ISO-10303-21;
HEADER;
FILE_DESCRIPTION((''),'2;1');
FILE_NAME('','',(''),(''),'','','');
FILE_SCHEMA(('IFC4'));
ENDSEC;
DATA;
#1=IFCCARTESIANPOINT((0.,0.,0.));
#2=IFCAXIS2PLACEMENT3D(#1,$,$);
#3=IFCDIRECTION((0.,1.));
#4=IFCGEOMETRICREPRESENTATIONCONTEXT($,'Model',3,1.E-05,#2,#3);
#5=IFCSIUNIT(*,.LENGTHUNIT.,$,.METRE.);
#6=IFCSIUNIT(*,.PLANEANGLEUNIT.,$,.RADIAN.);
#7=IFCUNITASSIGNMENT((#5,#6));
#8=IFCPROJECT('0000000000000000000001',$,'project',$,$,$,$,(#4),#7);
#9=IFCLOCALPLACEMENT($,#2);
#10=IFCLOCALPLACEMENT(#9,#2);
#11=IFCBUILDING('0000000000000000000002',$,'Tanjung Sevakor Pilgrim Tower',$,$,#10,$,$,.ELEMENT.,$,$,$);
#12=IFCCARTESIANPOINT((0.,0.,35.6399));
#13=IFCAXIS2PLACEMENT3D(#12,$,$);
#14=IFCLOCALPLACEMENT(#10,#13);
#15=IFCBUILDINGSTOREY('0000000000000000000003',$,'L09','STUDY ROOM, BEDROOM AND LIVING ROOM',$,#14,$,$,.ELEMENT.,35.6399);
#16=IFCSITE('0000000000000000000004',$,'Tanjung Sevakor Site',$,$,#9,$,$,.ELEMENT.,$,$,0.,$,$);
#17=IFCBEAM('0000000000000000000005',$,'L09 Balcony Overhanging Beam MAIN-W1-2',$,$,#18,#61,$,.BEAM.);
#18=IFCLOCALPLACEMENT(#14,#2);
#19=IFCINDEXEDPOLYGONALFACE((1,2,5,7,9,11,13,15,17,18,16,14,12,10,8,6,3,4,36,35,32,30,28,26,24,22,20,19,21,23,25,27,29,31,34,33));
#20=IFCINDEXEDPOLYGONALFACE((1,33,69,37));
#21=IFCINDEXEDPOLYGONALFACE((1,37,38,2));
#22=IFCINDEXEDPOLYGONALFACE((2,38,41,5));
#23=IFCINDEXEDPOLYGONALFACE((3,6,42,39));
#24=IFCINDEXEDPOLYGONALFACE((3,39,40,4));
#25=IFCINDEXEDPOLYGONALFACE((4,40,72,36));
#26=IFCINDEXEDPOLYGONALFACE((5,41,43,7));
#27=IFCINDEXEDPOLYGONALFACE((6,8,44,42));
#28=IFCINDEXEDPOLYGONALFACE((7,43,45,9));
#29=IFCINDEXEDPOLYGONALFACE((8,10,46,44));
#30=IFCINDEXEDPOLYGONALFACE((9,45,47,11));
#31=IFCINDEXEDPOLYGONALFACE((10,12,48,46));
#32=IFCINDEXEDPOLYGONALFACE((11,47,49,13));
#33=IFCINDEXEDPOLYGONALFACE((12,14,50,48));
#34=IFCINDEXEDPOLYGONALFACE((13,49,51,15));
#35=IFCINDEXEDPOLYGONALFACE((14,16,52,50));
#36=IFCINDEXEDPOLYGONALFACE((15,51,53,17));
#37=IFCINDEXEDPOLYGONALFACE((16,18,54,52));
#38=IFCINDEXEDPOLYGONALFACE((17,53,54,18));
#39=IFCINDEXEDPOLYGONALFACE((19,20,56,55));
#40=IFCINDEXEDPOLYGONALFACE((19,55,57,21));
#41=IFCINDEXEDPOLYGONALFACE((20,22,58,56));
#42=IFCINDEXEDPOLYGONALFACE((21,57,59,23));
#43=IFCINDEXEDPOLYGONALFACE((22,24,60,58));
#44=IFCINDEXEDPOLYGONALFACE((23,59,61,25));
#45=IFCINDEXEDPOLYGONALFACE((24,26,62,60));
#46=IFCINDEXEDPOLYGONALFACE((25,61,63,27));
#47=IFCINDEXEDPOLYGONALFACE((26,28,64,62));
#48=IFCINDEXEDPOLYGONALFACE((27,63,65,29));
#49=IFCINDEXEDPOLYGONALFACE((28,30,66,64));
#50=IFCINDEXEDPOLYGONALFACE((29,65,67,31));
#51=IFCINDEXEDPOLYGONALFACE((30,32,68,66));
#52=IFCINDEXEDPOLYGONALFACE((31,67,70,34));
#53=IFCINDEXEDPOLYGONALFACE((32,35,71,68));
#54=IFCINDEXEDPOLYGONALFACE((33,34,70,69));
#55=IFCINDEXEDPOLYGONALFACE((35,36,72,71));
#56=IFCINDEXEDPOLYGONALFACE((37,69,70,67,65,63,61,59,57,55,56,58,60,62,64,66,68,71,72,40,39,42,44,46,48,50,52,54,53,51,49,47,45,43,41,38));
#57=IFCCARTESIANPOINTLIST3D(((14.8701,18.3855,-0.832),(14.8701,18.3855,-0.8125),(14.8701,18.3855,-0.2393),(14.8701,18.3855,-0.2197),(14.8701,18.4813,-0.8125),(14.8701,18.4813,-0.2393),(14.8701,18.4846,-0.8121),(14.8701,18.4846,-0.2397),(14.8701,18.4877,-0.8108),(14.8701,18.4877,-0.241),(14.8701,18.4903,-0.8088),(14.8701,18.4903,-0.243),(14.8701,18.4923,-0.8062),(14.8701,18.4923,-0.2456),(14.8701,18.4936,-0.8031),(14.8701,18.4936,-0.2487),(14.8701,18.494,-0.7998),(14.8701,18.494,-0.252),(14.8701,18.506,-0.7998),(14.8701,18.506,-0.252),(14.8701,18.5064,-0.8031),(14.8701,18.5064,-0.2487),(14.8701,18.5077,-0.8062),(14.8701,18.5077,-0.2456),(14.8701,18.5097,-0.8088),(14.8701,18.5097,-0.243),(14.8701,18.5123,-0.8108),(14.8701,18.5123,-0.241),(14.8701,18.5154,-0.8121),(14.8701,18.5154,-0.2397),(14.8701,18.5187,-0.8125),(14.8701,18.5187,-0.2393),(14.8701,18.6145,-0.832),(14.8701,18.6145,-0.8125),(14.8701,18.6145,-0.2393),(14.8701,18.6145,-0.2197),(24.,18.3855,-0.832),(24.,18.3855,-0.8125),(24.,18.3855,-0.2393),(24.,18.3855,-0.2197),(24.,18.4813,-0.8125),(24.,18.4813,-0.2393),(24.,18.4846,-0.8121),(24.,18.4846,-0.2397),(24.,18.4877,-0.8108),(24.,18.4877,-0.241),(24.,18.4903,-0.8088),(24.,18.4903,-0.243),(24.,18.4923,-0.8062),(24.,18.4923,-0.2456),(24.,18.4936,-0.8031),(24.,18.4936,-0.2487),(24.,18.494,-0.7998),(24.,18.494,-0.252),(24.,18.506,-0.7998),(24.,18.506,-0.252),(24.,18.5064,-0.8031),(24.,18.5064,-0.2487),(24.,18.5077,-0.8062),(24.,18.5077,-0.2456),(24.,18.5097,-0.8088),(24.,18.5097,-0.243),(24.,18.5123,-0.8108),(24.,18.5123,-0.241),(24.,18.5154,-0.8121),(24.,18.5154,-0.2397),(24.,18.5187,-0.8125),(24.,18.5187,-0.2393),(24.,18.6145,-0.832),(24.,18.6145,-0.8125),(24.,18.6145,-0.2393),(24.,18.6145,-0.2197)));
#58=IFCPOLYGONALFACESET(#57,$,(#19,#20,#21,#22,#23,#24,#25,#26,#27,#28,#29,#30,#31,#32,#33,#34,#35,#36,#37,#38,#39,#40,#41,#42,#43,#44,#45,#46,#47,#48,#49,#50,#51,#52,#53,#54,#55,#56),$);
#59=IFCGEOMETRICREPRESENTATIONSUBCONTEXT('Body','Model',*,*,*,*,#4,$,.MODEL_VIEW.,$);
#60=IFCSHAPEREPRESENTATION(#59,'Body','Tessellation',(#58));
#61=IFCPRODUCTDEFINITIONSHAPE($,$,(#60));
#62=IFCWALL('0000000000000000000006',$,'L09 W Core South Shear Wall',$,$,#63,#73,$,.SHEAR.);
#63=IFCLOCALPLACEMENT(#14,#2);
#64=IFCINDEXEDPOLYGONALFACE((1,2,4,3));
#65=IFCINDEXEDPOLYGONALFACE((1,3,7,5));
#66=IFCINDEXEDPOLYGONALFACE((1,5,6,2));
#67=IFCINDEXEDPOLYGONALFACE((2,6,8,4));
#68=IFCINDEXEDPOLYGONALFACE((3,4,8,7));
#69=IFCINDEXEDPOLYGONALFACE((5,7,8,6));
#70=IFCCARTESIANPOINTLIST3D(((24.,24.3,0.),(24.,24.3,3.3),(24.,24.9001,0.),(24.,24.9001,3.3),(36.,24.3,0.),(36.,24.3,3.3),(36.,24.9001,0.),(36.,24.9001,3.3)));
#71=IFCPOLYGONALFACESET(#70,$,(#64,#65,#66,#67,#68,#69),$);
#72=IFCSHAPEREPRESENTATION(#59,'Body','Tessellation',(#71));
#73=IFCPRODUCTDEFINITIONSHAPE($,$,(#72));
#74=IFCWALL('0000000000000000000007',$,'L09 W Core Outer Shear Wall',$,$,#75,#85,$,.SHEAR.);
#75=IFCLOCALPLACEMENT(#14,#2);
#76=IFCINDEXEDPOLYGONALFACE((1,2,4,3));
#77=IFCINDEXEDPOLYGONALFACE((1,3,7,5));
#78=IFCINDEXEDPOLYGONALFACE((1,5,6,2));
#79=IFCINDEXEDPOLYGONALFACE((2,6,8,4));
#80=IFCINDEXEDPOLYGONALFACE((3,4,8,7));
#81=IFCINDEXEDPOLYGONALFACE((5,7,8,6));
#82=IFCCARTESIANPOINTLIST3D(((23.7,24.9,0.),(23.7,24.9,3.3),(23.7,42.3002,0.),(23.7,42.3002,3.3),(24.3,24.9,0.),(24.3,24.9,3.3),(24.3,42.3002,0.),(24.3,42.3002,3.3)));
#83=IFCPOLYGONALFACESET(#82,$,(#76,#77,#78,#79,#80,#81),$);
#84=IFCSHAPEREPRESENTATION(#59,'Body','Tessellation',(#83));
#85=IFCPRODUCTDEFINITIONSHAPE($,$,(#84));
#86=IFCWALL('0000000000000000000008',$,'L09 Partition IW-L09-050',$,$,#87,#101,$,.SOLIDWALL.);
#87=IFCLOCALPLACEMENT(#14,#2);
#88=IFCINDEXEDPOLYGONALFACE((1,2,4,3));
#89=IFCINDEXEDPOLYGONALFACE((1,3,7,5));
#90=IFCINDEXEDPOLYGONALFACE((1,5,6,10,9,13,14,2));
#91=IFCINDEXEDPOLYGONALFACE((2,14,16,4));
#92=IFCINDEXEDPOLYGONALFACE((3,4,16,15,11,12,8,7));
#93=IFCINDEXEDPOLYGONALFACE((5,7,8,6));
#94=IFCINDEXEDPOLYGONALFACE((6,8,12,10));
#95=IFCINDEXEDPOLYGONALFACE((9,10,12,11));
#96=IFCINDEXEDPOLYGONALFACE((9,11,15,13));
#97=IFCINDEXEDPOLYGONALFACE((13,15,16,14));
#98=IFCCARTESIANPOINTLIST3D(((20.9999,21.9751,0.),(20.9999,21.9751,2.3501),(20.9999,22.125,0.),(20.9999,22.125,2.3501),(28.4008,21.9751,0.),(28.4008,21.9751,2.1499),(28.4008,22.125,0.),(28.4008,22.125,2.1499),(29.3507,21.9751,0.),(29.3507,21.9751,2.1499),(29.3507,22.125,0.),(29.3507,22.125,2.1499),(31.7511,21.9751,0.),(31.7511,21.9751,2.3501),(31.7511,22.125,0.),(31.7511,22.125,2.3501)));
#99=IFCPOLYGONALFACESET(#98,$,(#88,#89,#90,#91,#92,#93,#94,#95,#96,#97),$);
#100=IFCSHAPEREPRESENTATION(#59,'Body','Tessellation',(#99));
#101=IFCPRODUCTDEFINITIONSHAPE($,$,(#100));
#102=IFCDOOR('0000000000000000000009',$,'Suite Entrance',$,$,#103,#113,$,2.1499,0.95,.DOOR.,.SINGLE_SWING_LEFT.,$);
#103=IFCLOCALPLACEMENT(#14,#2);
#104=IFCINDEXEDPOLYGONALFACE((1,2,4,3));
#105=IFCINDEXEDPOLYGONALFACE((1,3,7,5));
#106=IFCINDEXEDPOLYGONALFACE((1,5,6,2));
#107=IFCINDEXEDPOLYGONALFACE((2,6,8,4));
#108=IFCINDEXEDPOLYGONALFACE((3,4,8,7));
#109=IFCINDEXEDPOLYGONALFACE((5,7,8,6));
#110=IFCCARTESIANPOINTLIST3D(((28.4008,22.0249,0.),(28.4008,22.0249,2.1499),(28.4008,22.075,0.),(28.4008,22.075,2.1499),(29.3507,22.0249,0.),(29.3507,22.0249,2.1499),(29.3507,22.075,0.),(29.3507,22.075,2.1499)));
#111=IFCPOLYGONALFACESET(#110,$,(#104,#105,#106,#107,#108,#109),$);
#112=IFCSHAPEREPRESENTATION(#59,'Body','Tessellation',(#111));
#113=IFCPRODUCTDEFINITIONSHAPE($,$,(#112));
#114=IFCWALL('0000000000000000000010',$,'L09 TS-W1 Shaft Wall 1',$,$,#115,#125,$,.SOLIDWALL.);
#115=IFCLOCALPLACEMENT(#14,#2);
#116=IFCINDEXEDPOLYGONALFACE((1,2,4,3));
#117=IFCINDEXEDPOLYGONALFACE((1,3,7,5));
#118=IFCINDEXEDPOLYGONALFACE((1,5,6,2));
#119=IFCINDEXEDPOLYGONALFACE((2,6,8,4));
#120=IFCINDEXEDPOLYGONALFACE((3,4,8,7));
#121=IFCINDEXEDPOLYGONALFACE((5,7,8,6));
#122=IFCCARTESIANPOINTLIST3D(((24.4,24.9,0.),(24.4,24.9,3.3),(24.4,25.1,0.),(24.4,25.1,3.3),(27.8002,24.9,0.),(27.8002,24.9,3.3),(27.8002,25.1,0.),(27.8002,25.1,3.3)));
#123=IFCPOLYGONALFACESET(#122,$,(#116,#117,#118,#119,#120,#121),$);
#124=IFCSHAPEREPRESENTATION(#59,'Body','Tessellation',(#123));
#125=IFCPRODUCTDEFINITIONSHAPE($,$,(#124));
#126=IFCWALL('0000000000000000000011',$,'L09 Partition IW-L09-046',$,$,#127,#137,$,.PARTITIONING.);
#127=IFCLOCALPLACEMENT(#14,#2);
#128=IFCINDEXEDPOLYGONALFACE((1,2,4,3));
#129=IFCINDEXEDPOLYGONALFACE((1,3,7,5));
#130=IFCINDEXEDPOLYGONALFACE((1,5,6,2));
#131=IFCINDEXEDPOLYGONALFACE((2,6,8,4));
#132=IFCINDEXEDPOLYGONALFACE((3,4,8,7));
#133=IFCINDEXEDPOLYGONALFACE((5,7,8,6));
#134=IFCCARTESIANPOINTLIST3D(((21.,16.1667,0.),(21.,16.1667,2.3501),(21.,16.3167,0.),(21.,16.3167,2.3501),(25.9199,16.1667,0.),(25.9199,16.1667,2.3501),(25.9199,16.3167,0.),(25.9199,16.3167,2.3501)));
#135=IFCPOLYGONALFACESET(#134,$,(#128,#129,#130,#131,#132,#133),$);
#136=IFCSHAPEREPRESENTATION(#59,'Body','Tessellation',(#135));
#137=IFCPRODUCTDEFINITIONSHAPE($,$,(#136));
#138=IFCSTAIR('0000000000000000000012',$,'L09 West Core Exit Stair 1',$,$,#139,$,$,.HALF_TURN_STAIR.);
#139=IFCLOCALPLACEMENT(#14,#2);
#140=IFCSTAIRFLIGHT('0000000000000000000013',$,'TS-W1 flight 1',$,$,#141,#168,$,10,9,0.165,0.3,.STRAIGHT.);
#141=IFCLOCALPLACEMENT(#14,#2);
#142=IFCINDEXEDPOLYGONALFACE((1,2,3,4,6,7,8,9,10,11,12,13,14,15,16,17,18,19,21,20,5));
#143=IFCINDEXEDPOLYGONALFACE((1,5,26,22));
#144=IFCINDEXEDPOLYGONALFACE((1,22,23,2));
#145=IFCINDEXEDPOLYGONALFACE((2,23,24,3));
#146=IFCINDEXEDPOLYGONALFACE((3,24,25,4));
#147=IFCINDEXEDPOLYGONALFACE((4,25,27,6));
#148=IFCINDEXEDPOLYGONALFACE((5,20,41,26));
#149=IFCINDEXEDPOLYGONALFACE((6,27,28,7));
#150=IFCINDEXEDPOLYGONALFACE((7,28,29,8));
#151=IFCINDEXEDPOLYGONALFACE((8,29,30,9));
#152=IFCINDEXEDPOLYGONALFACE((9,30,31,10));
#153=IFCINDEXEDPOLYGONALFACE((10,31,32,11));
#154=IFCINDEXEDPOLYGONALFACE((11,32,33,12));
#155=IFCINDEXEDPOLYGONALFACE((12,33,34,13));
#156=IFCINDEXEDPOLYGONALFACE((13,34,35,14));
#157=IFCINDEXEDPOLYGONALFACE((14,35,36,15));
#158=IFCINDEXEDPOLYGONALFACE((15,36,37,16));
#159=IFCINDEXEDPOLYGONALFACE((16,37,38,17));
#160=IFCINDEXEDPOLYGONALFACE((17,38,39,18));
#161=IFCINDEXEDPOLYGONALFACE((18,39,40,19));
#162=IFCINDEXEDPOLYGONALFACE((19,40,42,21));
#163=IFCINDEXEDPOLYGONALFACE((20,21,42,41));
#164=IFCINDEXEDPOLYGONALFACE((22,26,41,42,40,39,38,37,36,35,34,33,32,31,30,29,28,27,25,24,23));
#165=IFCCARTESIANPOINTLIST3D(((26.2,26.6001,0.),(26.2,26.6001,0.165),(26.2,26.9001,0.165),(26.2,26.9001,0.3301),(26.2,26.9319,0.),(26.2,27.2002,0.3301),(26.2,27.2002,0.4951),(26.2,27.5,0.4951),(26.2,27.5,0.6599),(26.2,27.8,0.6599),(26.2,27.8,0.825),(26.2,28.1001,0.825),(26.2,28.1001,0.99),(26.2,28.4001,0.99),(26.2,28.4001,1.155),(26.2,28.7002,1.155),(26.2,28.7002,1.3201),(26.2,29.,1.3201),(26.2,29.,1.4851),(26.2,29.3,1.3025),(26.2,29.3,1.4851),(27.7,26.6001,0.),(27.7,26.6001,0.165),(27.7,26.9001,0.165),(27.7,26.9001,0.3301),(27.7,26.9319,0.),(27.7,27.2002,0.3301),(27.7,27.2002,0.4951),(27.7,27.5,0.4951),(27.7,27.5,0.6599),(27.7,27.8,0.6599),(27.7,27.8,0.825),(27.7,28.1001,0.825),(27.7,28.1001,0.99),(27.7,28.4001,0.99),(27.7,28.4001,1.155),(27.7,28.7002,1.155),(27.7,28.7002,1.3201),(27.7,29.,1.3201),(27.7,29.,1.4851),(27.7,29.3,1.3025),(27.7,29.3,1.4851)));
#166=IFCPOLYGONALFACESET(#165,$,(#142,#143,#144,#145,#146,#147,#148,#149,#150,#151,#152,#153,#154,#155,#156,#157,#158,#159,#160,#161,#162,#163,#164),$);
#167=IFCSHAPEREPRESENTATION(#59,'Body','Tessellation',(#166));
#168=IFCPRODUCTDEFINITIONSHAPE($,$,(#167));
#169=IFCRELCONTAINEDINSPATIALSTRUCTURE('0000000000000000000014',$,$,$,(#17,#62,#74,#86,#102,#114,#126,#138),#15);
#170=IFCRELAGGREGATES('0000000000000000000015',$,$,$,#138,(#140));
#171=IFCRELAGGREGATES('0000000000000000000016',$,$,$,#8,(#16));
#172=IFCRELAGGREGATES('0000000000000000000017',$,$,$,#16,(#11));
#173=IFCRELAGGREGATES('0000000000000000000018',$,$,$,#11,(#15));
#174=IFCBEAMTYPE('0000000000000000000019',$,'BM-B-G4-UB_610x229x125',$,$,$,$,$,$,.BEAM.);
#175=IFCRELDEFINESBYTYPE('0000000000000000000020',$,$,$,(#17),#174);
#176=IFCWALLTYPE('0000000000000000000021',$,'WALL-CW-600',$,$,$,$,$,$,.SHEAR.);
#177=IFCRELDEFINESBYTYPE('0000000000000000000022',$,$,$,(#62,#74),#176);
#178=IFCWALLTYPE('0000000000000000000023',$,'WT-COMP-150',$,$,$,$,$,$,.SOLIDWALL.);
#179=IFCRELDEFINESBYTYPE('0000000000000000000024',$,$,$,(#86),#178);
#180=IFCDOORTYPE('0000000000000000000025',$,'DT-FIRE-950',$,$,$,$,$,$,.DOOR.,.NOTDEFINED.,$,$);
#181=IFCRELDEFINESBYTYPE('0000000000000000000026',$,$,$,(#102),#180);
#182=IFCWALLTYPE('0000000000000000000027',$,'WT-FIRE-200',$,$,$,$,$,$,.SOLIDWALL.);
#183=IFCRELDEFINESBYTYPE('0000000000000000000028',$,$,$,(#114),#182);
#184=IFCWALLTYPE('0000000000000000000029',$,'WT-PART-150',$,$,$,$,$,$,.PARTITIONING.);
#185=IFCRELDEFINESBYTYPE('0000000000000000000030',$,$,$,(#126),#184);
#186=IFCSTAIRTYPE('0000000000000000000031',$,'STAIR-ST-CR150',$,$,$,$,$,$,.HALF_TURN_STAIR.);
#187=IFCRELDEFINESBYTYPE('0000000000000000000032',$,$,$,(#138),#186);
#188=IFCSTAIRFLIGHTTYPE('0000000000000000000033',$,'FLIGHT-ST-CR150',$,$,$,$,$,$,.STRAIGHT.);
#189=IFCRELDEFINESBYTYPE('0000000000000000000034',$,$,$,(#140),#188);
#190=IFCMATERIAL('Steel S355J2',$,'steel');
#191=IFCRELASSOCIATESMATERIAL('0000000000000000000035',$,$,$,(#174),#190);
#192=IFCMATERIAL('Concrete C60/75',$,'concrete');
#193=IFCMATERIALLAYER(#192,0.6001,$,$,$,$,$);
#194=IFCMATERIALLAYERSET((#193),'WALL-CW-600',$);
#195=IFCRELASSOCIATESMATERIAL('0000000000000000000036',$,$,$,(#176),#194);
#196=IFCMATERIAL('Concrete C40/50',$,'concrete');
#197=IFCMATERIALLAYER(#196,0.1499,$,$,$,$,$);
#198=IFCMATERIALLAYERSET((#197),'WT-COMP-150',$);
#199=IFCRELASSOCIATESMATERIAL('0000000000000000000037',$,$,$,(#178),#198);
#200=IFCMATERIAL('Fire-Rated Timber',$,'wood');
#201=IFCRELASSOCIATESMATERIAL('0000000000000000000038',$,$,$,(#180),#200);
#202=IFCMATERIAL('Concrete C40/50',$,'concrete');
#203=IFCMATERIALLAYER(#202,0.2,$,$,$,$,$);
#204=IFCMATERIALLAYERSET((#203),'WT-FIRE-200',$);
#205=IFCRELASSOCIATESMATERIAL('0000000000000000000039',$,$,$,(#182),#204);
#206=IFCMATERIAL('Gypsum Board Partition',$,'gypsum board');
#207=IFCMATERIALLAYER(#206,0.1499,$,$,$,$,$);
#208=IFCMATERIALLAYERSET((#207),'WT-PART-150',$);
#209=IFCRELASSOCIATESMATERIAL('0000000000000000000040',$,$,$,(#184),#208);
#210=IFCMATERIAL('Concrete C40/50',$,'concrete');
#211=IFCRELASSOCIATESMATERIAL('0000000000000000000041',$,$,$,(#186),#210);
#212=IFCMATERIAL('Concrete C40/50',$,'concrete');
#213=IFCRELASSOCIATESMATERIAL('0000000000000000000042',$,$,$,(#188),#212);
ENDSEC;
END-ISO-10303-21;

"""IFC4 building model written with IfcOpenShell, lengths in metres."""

from ifc_helpers import new_model, si_unit, direction, frame, frame_2d, origin, origin_2d, place, context, subcontext, project, spatial, polyline, rectangle, i_section, outline, extrude, material, layer, layer_set, material_profile, profile_set, type_object, element, fill, aggregate, save


model = new_model("IFC4")

# Units and contexts
model_context = context("Model", 3, precision=1e-05, world=origin(), true_north=direction((0.0, 1.0)))
body_context = subcontext(model_context, "Body", "Model", "MODEL_VIEW")
ifc_project = project(units=[si_unit("LENGTHUNIT", "METRE"), si_unit("PLANEANGLEUNIT", "RADIAN")], contexts=[model_context])

# Site, building, storey
site_placement = place(None, origin())
site = spatial("IfcSite", under=ifc_project, at=site_placement, Name="Tanjung Sevakor Site", CompositionType="ELEMENT", RefElevation=0.0)
building_placement = place(site_placement, origin())
building = spatial("IfcBuilding", under=site, at=building_placement, Name="Tanjung Sevakor Pilgrim Tower", CompositionType="ELEMENT")
storey_placement = place(building_placement, frame((0.0, 0.0, 35.6399)))
storey = spatial("IfcBuildingStorey", under=building, at=storey_placement, Name="L09", Description="STUDY ROOM, BEDROOM AND LIVING ROOM", CompositionType="ELEMENT", Elevation=35.6399)

# Beam
ifc_material_1 = material(Name="Steel S355J2", Category="steel")
ifc_material_profile_1 = material_profile(ifc_material_1, i_section(OverallWidth=0.229, OverallDepth=0.6123, WebThickness=0.012, FlangeThickness=0.0195, FilletRadius=0.0127, at=origin_2d()))
ifc_profile_set_1 = profile_set([ifc_material_profile_1], Name="Steel S355J2")
beam_type_1 = type_object("IfcBeamType", Name="BM-B-G4-UB_610x229x125", PredefinedType="BEAM", material=ifc_profile_set_1)
for number, where, z_axis, x_axis, name in (
    (1, (24.0, 18.5, -0.5259), (-1.0, 0.0, 0.0), (0.0, -1.0, 0.0), "L09 Balcony Overhanging Beam MAIN-W1-2"),
):
    element("IfcBeam", number, at=place(storey_placement, frame(where, z_axis=z_axis, x_axis=x_axis)), inside=storey, type_object=beam_type_1, Name=name, PredefinedType="BEAM", context=body_context, shape_type="SweptSolid", body=[
        extrude(i_section(OverallWidth=0.229, OverallDepth=0.6123, WebThickness=0.012, FlangeThickness=0.0195, FilletRadius=0.0127, at=origin_2d()), origin(), (0.0, 0.0, 1.0), 9.1299),
    ])

# Walls
ifc_material_2 = material(Name="Concrete C60/75", Category="concrete")
ifc_layer_1 = layer(ifc_material_2, 0.6001)
ifc_layer_set_1 = layer_set([ifc_layer_1], Name="WALL-CW-600")
wall_type_1 = type_object("IfcWallType", Name="WALL-CW-600", PredefinedType="SHEAR", material=ifc_layer_set_1)
wall_1_placement = place(storey_placement, frame((24.0, 24.6001, 0.0), z_axis=(0.0, 0.0, 1.0), x_axis=(1.0, 0.0, 0.0)))
element("IfcWall", 2, at=wall_1_placement, inside=storey, type_object=wall_type_1, Name="L09 W Core South Shear Wall", PredefinedType="SHEAR", context=body_context, shape_type="SweptSolid", body=[
    extrude(rectangle(XDim=12.0, YDim=0.6001, at=frame_2d((6.0, 0.0))), origin(), (0.0, 0.0, 1.0), 3.3),
])
wall_2_placement = place(storey_placement, frame((24.0, 24.8999, 0.0), z_axis=(0.0, 0.0, 1.0), x_axis=(0.0, 1.0, 0.0)))
element("IfcWall", 3, at=wall_2_placement, inside=storey, type_object=wall_type_1, Name="L09 W Core Outer Shear Wall", PredefinedType="SHEAR", context=body_context, shape_type="SweptSolid", body=[
    extrude(rectangle(XDim=17.4001, YDim=0.6001, at=frame_2d((8.7002, 0.0))), origin(), (0.0, 0.0, 1.0), 3.3),
])

# Wall, opening, door
ifc_material_3 = material(Name="Concrete C40/50", Category="concrete")
ifc_layer_2 = layer(ifc_material_3, 0.1499)
ifc_layer_set_2 = layer_set([ifc_layer_2], Name="WT-COMP-150")
wall_type_2 = type_object("IfcWallType", Name="WT-COMP-150", PredefinedType="SOLIDWALL", material=ifc_layer_set_2)
wall_3_placement = place(storey_placement, frame((21.0, 22.05, 0.0), z_axis=(0.0, 0.0, 1.0), x_axis=(1.0, 0.0, 0.0)))
wall_3 = element("IfcWall", 4, at=wall_3_placement, inside=storey, type_object=wall_type_2, Name="L09 Partition IW-L09-050", PredefinedType="SOLIDWALL", context=body_context, shape_type="SweptSolid", body=[
    extrude(rectangle(XDim=10.7512, YDim=0.1499, at=frame_2d((5.3755, 0.0))), origin(), (0.0, 0.0, 1.0), 2.3501),
])
opening_placement = place(wall_3_placement, frame((7.4006, 0.0, 0.0)))
opening = element("IfcOpeningElement", 5, at=opening_placement, cuts=wall_3, PredefinedType="OPENING", context=body_context, shape_type="SweptSolid", body=[
    extrude(rectangle(XDim=0.95, YDim=2.1499, at=frame_2d((0.4751, 1.075))), frame((0.0, 0.085, 0.0), z_axis=(0.0, -1.0, 0.0), x_axis=(1.0, 0.0, 0.0)), (0.0, 0.0, 1.0), 0.1699),
])
ifc_material_4 = material(Name="Fire-Rated Timber", Category="wood")
door_type = type_object("IfcDoorType", Name="DT-FIRE-950", OperationType="NOTDEFINED", PredefinedType="DOOR", material=ifc_material_4)
door_placement = place(opening_placement, origin())
door = element("IfcDoor", 6, at=door_placement, inside=storey, type_object=door_type, Name="Suite Entrance", OperationType="SINGLE_SWING_LEFT", OverallHeight=2.1499, OverallWidth=0.95, PredefinedType="DOOR", context=body_context, shape_type="SweptSolid", body=[
    extrude(rectangle(XDim=0.95, YDim=2.1499, at=frame_2d((0.4751, 1.075))), frame((0.0, 0.0249, 0.0), z_axis=(0.0, -1.0, 0.0), x_axis=(1.0, 0.0, 0.0)), (0.0, 0.0, 1.0), 0.05),
])
fill(opening, door)

# Walls
ifc_material_5 = material(Name="Concrete C40/50", Category="concrete")
ifc_layer_3 = layer(ifc_material_5, 0.2)
ifc_layer_set_3 = layer_set([ifc_layer_3], Name="WT-FIRE-200")
wall_type_3 = type_object("IfcWallType", Name="WT-FIRE-200", PredefinedType="SOLIDWALL", material=ifc_layer_set_3)
wall_4_placement = place(storey_placement, frame((24.3999, 25.0, 0.0), z_axis=(0.0, 0.0, 1.0), x_axis=(1.0, 0.0, 0.0)))
element("IfcWall", 7, at=wall_4_placement, inside=storey, type_object=wall_type_3, Name="L09 TS-W1 Shaft Wall 1", PredefinedType="SOLIDWALL", context=body_context, shape_type="SweptSolid", body=[
    extrude(rectangle(XDim=3.4001, YDim=0.2, at=frame_2d((1.7002, 0.0))), origin(), (0.0, 0.0, 1.0), 3.3),
])
ifc_material_6 = material(Name="Gypsum Board Partition", Category="gypsum board")
ifc_layer_4 = layer(ifc_material_6, 0.1499)
ifc_layer_set_4 = layer_set([ifc_layer_4], Name="WT-PART-150")
wall_type_4 = type_object("IfcWallType", Name="WT-PART-150", PredefinedType="PARTITIONING", material=ifc_layer_set_4)
wall_5_placement = place(storey_placement, frame((21.0, 16.2417, 0.0), z_axis=(0.0, 0.0, 1.0), x_axis=(1.0, 0.0, 0.0)))
element("IfcWall", 8, at=wall_5_placement, inside=storey, type_object=wall_type_4, Name="L09 Partition IW-L09-046", PredefinedType="PARTITIONING", context=body_context, shape_type="SweptSolid", body=[
    extrude(rectangle(XDim=4.9199, YDim=0.1499, at=frame_2d((2.46, 0.0))), origin(), (0.0, 0.0, 1.0), 2.3501),
])

# Stair, stair flight
ifc_material_7 = material(Name="Concrete C40/50", Category="concrete")
stair_type = type_object("IfcStairType", Name="STAIR-ST-CR150", PredefinedType="HALF_TURN_STAIR", material=ifc_material_7)
stair_placement = place(storey_placement, origin())
stair = element("IfcStair", 9, at=stair_placement, inside=storey, type_object=stair_type, Name="L09 West Core Exit Stair 1", PredefinedType="HALF_TURN_STAIR")
ifc_material_8 = material(Name="Concrete C40/50", Category="concrete")
stair_flight_type = type_object("IfcStairFlightType", Name="FLIGHT-ST-CR150", PredefinedType="STRAIGHT", material=ifc_material_8)
stair_flight_placement = place(storey_placement, frame((26.95, 26.6001, 0.0), z_axis=(0.0, 0.0, 1.0), x_axis=(0.0, 1.0, 0.0)))
stair_flight = element("IfcStairFlight", 10, at=stair_flight_placement, type_object=stair_flight_type, Name="TS-W1 flight 1", NumberOfRisers=10, NumberOfTreads=9, PredefinedType="STRAIGHT", RiserHeight=0.165, TreadLength=0.3, context=body_context, shape_type="SweptSolid", body=[
    extrude(outline(polyline([(0.0, 0.0), (0.0, 0.165), (0.3, 0.165), (0.3, 0.3301), (0.6001, 0.3301), (0.6001, 0.4951), (0.8999, 0.4951), (0.8999, 0.6599), (1.2, 0.6599), (1.2, 0.825), (1.5, 0.825), (1.5, 0.99), (1.8, 0.99), (1.8, 1.155), (2.1001, 1.155), (2.1001, 1.3201), (2.3999, 1.3201), (2.3999, 1.4851), (2.7, 1.4851), (2.7, 1.6499), (2.7, 1.3025), (0.3318, 0.0), (0.0, 0.0)])), frame((0.0, 0.75, 0.0), z_axis=(0.0, -1.0, 0.0), x_axis=(1.0, 0.0, 0.0)), (0.0, 0.0, 1.0), 1.5),
])
aggregate(stair, [stair_flight])

save(model, "model.ifc")
